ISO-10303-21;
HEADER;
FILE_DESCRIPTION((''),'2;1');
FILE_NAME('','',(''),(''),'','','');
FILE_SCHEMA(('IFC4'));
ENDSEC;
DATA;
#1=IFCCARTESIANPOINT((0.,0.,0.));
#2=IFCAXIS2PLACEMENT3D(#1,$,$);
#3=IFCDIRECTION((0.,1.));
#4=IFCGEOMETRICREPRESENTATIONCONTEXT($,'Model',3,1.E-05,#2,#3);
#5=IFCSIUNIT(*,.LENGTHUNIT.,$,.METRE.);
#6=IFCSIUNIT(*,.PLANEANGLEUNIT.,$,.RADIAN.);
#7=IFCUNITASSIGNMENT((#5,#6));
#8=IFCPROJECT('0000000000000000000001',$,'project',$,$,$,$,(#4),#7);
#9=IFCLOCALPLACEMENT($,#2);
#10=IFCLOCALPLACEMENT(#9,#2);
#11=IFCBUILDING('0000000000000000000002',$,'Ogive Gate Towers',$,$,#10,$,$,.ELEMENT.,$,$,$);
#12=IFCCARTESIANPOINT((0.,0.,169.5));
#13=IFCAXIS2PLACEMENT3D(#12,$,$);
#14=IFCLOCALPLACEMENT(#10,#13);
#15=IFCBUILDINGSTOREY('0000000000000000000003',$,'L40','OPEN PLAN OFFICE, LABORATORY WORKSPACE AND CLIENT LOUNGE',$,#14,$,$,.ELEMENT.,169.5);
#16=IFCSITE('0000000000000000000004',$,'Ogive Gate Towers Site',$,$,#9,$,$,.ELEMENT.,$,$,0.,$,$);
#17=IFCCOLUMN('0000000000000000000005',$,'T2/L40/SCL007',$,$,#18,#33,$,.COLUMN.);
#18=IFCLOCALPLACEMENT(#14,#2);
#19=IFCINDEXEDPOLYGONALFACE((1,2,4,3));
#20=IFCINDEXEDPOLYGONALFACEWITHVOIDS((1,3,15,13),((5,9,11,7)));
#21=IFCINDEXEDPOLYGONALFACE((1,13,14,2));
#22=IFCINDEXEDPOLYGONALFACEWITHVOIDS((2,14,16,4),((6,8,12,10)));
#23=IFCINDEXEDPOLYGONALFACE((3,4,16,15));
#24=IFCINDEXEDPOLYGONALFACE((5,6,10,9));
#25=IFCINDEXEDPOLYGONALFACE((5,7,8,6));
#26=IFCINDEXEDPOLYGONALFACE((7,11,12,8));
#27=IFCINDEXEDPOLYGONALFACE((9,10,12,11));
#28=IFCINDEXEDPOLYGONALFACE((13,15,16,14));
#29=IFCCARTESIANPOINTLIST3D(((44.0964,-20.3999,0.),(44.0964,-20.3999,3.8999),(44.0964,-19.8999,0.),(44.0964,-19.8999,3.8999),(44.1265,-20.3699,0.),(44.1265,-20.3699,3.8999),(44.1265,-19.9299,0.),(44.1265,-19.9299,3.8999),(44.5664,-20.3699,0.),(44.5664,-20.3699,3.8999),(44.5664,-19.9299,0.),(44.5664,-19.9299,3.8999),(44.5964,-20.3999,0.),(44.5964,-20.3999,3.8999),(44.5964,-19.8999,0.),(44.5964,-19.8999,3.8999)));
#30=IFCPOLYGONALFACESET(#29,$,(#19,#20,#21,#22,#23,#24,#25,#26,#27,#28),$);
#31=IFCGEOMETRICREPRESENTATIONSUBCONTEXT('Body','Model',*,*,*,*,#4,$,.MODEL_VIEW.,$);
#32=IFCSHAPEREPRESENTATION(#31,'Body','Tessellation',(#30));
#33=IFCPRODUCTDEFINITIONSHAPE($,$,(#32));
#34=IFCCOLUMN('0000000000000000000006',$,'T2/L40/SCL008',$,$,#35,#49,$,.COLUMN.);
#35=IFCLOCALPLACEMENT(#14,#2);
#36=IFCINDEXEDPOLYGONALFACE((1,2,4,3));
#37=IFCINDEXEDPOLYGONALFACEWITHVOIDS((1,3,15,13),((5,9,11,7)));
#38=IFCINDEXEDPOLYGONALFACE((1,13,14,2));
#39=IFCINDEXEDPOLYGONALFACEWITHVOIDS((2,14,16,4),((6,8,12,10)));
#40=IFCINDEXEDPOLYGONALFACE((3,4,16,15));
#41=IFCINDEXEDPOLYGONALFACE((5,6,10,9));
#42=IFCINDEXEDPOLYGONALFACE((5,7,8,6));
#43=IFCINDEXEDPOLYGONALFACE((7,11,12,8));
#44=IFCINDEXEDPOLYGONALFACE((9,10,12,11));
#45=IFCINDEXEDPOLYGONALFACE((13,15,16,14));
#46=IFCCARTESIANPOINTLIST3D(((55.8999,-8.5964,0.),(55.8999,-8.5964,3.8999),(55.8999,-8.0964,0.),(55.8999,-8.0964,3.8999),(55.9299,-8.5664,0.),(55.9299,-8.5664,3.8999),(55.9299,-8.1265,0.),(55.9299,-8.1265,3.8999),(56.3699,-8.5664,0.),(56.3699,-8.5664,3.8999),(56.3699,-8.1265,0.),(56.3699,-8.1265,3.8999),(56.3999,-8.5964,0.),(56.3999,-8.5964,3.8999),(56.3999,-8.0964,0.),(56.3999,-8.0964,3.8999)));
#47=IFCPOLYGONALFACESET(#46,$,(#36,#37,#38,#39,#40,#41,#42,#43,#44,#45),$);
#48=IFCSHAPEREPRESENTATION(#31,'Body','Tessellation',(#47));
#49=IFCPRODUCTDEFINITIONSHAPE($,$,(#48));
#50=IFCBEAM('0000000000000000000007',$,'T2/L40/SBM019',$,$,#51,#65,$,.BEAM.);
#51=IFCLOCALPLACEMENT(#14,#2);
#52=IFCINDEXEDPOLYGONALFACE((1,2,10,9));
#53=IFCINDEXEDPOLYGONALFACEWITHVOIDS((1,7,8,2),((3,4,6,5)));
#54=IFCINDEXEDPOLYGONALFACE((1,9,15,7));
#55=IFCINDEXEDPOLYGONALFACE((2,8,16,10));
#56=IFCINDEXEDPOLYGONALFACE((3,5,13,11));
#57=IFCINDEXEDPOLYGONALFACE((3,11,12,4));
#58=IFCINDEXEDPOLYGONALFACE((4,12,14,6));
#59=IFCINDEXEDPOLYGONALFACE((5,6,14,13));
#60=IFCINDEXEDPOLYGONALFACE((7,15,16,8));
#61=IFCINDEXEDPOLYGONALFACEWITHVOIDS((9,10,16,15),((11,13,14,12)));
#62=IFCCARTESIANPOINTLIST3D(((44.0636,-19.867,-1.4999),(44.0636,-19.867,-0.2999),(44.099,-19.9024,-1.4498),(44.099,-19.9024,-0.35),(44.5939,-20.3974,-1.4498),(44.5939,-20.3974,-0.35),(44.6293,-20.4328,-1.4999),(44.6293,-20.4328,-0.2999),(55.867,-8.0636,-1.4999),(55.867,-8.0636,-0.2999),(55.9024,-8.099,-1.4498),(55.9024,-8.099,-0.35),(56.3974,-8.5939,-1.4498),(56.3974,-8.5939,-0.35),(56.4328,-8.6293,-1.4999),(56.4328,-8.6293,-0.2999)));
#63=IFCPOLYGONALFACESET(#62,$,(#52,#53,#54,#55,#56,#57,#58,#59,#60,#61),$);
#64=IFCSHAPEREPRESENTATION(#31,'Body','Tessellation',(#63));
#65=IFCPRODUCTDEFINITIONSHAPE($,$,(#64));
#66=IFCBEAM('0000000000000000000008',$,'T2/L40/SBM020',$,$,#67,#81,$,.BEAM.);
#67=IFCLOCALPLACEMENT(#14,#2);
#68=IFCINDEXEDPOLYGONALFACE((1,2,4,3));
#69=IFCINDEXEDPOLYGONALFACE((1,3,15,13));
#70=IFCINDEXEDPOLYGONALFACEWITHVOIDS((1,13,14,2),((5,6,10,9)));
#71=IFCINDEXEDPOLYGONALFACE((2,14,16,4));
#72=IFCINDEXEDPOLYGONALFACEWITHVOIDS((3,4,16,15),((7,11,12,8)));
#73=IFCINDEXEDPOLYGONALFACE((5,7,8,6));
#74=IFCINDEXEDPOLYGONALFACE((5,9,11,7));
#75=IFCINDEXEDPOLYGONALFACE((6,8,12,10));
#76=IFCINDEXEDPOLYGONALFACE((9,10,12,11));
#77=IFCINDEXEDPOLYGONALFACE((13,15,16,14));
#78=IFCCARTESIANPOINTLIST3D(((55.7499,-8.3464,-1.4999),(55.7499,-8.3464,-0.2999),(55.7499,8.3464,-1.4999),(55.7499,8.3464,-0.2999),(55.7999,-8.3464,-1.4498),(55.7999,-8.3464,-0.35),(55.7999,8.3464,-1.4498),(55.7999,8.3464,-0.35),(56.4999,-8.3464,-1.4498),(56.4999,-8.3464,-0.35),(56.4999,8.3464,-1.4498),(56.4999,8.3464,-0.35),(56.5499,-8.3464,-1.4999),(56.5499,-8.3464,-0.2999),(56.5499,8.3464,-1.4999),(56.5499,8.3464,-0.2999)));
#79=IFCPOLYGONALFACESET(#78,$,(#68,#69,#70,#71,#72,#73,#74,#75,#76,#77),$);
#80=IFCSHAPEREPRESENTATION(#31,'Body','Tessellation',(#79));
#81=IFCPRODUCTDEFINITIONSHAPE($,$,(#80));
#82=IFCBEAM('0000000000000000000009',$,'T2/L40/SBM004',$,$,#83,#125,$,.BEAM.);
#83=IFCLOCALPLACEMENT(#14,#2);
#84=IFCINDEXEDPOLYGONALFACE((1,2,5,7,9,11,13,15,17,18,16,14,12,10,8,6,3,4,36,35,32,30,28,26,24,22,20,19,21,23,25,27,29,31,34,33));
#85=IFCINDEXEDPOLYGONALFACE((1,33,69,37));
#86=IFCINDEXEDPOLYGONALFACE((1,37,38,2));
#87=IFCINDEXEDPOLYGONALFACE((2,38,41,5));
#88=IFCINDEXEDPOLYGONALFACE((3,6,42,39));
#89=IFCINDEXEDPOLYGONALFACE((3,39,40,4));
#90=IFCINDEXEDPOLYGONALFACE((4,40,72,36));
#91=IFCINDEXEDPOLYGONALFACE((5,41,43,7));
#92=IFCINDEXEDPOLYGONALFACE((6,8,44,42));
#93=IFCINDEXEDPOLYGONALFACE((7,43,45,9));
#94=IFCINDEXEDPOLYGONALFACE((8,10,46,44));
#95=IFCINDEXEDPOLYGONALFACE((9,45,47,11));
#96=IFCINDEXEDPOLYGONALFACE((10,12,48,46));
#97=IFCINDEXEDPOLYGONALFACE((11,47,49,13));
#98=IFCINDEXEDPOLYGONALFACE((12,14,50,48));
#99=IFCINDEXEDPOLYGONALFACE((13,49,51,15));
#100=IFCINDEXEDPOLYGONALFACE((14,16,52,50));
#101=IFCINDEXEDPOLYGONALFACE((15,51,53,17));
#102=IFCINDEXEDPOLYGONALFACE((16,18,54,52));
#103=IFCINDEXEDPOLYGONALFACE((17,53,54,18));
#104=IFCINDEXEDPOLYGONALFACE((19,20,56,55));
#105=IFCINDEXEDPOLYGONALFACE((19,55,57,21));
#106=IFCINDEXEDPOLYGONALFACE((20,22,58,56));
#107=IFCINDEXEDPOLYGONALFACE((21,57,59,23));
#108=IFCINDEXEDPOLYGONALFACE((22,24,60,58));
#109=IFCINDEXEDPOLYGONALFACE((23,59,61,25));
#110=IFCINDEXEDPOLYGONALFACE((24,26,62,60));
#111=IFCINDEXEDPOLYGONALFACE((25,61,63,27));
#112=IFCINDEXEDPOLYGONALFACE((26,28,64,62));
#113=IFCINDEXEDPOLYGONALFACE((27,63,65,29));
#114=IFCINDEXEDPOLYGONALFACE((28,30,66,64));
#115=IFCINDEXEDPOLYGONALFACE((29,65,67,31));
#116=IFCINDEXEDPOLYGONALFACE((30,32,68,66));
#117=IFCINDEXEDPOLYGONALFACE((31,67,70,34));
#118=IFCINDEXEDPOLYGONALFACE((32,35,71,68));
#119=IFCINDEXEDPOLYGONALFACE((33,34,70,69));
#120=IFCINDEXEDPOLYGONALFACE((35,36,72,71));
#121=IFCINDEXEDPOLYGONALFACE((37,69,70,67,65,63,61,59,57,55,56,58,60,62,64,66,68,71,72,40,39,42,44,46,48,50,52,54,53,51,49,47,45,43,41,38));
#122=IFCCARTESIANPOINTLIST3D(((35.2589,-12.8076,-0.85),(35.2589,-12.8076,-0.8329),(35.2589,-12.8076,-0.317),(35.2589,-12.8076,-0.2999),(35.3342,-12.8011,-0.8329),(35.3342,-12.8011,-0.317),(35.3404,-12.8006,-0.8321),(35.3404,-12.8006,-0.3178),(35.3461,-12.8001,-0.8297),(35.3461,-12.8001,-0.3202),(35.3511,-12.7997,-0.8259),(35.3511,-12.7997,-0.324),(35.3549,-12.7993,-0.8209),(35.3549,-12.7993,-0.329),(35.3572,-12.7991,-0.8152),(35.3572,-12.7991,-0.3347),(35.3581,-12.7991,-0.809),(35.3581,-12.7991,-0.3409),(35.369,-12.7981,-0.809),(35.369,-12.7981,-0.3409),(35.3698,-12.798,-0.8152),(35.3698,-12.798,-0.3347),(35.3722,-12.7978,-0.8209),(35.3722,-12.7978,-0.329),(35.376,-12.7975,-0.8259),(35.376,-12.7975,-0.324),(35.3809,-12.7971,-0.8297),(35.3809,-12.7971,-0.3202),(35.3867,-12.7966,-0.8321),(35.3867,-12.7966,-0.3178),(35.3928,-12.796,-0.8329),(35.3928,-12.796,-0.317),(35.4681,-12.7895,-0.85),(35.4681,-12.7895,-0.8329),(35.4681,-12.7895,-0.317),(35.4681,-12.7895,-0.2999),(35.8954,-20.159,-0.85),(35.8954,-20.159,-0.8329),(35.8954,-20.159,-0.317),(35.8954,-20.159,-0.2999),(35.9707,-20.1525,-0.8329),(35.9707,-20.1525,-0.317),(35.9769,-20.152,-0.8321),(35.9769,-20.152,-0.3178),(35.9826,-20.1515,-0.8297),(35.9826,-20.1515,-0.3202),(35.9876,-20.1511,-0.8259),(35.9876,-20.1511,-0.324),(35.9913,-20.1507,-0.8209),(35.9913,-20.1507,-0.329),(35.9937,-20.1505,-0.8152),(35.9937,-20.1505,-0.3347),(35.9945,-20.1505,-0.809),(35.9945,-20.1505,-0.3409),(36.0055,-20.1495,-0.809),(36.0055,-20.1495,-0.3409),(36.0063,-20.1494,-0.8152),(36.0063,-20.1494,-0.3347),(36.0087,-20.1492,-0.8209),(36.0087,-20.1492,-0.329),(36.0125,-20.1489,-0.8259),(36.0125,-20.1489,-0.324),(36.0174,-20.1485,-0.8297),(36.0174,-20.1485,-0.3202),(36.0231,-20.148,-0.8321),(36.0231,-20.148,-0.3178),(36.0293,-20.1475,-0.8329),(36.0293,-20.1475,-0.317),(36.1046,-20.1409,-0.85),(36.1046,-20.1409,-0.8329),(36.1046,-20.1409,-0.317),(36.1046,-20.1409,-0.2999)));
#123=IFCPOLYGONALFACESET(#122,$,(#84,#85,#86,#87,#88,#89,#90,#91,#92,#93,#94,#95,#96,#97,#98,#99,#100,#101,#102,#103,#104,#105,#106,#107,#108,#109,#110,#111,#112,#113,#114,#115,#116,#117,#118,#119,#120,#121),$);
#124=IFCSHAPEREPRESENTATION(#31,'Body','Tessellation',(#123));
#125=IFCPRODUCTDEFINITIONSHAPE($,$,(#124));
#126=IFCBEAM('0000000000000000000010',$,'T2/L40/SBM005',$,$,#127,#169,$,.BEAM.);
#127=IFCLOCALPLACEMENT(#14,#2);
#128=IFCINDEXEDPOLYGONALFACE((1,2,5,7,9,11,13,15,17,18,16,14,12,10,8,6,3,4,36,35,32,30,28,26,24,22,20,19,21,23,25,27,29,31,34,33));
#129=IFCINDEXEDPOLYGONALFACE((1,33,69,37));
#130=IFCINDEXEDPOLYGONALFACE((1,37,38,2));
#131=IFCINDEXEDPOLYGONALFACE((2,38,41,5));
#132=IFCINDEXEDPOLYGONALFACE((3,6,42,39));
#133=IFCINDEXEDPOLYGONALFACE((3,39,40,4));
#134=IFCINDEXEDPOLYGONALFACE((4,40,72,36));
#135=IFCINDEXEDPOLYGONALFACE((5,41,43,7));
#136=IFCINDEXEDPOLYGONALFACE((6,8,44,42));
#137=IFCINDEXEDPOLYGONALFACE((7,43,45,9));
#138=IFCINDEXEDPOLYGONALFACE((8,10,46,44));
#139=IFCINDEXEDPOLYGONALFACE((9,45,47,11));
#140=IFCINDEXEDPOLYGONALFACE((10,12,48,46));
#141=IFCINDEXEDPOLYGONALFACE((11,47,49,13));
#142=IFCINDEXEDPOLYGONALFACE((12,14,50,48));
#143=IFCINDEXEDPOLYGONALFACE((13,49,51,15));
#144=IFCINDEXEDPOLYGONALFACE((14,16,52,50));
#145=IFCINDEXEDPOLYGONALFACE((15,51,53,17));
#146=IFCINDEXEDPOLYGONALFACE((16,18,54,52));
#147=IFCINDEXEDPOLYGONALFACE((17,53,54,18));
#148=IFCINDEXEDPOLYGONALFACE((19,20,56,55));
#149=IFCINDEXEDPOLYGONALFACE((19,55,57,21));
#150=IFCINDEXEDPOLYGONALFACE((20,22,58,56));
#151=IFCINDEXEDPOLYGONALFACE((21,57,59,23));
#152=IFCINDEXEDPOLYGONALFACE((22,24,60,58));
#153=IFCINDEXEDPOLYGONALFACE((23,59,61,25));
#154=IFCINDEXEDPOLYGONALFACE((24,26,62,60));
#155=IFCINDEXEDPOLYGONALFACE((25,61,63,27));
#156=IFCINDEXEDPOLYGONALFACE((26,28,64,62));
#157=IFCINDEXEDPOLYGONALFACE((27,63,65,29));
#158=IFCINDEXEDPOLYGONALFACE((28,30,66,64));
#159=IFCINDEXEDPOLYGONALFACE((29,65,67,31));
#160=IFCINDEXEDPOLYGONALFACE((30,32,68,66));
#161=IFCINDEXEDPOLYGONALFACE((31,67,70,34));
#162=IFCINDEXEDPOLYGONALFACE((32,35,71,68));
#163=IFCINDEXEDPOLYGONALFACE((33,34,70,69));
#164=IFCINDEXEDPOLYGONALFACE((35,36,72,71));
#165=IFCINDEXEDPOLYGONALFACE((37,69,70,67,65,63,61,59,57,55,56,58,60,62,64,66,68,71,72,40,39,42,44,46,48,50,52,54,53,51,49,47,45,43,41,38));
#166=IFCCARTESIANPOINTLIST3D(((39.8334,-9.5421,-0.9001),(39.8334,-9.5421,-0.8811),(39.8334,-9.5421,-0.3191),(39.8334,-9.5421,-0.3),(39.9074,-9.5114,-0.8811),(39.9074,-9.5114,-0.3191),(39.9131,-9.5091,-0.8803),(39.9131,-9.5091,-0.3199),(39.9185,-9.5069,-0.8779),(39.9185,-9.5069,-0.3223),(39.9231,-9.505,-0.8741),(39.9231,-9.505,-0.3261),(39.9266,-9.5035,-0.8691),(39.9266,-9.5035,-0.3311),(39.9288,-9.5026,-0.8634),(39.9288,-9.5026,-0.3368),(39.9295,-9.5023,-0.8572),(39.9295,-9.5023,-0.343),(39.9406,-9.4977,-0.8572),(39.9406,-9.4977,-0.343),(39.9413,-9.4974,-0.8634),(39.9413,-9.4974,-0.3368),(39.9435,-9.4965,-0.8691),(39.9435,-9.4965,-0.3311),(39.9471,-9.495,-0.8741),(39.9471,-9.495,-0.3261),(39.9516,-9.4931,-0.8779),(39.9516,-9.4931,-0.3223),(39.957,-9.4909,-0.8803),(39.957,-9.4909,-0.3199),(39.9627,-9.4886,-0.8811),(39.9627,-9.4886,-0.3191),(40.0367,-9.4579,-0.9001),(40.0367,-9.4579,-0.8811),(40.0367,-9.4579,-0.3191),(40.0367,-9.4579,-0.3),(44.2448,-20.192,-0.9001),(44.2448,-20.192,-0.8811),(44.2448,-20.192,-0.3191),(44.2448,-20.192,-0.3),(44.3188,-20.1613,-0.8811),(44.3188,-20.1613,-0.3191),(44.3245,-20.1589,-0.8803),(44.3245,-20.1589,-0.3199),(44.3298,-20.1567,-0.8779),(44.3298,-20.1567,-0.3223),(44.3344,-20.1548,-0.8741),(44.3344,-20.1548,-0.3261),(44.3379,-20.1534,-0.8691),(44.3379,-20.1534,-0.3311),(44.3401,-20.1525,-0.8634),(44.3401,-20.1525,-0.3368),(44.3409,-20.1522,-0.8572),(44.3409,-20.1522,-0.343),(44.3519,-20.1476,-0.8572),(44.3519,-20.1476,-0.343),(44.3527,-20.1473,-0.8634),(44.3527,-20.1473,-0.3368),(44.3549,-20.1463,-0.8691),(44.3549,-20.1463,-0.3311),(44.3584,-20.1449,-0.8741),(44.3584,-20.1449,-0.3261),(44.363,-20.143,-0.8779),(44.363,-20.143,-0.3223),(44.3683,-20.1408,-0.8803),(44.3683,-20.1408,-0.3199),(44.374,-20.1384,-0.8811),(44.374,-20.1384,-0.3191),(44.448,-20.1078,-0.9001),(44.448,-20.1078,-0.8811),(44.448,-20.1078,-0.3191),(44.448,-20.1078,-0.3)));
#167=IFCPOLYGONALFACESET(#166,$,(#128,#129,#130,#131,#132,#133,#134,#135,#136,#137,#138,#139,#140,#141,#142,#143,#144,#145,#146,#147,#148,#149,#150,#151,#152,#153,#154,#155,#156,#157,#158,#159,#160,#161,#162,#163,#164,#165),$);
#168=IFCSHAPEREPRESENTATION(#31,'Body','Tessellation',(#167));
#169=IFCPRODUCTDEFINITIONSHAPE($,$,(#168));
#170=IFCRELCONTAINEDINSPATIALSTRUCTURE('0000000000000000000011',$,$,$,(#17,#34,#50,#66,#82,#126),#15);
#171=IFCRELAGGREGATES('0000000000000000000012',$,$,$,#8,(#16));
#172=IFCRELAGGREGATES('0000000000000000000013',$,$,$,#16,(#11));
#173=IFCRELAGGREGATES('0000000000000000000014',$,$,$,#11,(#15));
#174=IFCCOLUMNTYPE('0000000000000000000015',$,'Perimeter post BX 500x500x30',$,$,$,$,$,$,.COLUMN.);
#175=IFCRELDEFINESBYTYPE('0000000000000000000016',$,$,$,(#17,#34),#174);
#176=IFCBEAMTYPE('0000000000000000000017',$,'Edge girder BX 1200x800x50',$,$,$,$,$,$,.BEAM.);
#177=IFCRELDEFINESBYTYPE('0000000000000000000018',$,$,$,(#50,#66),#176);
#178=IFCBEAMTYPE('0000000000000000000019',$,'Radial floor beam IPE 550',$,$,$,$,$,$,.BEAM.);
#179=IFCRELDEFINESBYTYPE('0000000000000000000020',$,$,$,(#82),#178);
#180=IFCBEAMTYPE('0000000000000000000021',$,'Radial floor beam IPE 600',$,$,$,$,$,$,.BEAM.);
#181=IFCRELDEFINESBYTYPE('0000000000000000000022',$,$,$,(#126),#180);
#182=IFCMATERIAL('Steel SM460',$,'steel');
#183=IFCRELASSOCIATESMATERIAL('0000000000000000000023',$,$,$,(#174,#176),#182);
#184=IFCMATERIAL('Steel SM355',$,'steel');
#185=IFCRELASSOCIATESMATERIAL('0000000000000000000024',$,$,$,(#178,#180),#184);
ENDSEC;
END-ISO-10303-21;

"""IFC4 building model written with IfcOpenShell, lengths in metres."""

from ifc_helpers import new_model, si_unit, direction, frame, origin, origin_2d, place, context, subcontext, project, spatial, hollow_rectangle, i_section, extrude, material, material_profile, profile_set, type_object, element, save


model = new_model("IFC4")

# Units and contexts
model_context = context("Model", 3, precision=1e-05, world=origin(), true_north=direction((0.0, 1.0)))
body_context = subcontext(model_context, "Body", "Model", "MODEL_VIEW")
ifc_project = project(units=[si_unit("LENGTHUNIT", "METRE"), si_unit("PLANEANGLEUNIT", "RADIAN")], contexts=[model_context])

# Site, building, storey
site_placement = place(None, origin())
site = spatial("IfcSite", under=ifc_project, at=site_placement, Name="Ogive Gate Towers Site", CompositionType="ELEMENT", RefElevation=0.0)
building_placement = place(site_placement, origin())
building = spatial("IfcBuilding", under=site, at=building_placement, Name="Ogive Gate Towers", CompositionType="ELEMENT")
storey_placement = place(building_placement, frame((0.0, 0.0, 169.5)))
storey = spatial("IfcBuildingStorey", under=building, at=storey_placement, Name="L40", Description="OPEN PLAN OFFICE, LABORATORY WORKSPACE AND CLIENT LOUNGE", CompositionType="ELEMENT", Elevation=169.5)

# Columns
ifc_material_1 = material(Name="Steel SM460", Category="steel")
ifc_material_profile_1 = material_profile(ifc_material_1, hollow_rectangle(XDim=0.5, YDim=0.5, WallThickness=0.03, at=origin_2d()), Name="BX 500x500x30")
ifc_profile_set_1 = profile_set([ifc_material_profile_1], Name="Steel SM460")
column_type = type_object("IfcColumnType", Name="Perimeter post BX 500x500x30", PredefinedType="COLUMN", material=ifc_profile_set_1)
for number, where, z_axis, x_axis, name in (
    (1, (44.3464, -20.1499, 0.0), (0.0, 0.0, 1.0), (1.0, 0.0, 0.0), "T2/L40/SCL007"),
    (2, (56.1499, -8.3464, 0.0), (0.0, 0.0, 1.0), (1.0, 0.0, 0.0), "T2/L40/SCL008"),
):
    element("IfcColumn", number, at=place(storey_placement, frame(where, z_axis=z_axis, x_axis=x_axis)), inside=storey, type_object=column_type, Name=name, PredefinedType="COLUMN", context=body_context, shape_type="SweptSolid", body=[
        extrude(hollow_rectangle(XDim=0.5, YDim=0.5, WallThickness=0.03, at=origin_2d()), origin(), (0.0, 0.0, 1.0), 3.8999),
    ])

# Beams
ifc_material_profile_2 = material_profile(ifc_material_1, hollow_rectangle(XDim=0.8, YDim=1.2, WallThickness=0.05, at=origin_2d()), Name="BX 1200x800x50")
ifc_profile_set_2 = profile_set([ifc_material_profile_2], Name="Steel SM460")
beam_type_1 = type_object("IfcBeamType", Name="Edge girder BX 1200x800x50", PredefinedType="BEAM", material=ifc_profile_set_2)
beam_1_placement = place(storey_placement, frame((44.3464, -20.1499, -0.8999), z_axis=(0.707107, 0.707107, 0.0), x_axis=(-0.707107, 0.707107, 0.0)))
element("IfcBeam", 3, at=beam_1_placement, inside=storey, type_object=beam_type_1, Name="T2/L40/SBM019", PredefinedType="BEAM", context=body_context, shape_type="SweptSolid", body=[
    extrude(hollow_rectangle(XDim=0.8, YDim=1.2, WallThickness=0.05, at=origin_2d()), origin(), (0.0, 0.0, 1.0), 16.6926),
])
beam_2_placement = place(storey_placement, frame((56.1499, -8.3464, -0.8999), z_axis=(0.0, 1.0, 0.0), x_axis=(-1.0, 0.0, 0.0)))
element("IfcBeam", 4, at=beam_2_placement, inside=storey, type_object=beam_type_1, Name="T2/L40/SBM020", PredefinedType="BEAM", context=body_context, shape_type="SweptSolid", body=[
    extrude(hollow_rectangle(XDim=0.8, YDim=1.2, WallThickness=0.05, at=origin_2d()), origin(), (0.0, 0.0, 1.0), 16.6929),
])
ifc_material_2 = material(Name="Steel SM355", Category="steel")
ifc_material_profile_3 = material_profile(ifc_material_2, i_section(OverallWidth=0.21, OverallDepth=0.55, WebThickness=0.011, FlangeThickness=0.0171, FilletRadius=0.0239, at=origin_2d()), Name="IPE 550")
ifc_profile_set_3 = profile_set([ifc_material_profile_3], Name="Steel SM355")
beam_type_2 = type_object("IfcBeamType", Name="Radial floor beam IPE 550", PredefinedType="BEAM", material=ifc_profile_set_3)
beam_3_placement = place(storey_placement, frame((35.3635, -12.7986, -0.575), z_axis=(0.086257, -0.996273, 0.0), x_axis=(0.996273, 0.086257, 0.0)))
element("IfcBeam", 5, at=beam_3_placement, inside=storey, type_object=beam_type_2, Name="T2/L40/SBM004", PredefinedType="BEAM", context=body_context, shape_type="SweptSolid", body=[
    extrude(i_section(OverallWidth=0.21, OverallDepth=0.55, WebThickness=0.011, FlangeThickness=0.0171, FilletRadius=0.0239, at=origin_2d()), origin(), (0.0, 0.0, 1.0), 7.3789),
])
ifc_material_profile_4 = material_profile(ifc_material_2, i_section(OverallWidth=0.22, OverallDepth=0.6001, WebThickness=0.012, FlangeThickness=0.019, FilletRadius=0.0239, at=origin_2d()), Name="IPE 600")
ifc_profile_set_4 = profile_set([ifc_material_profile_4], Name="Steel SM355")
beam_type_3 = type_object("IfcBeamType", Name="Radial floor beam IPE 600", PredefinedType="BEAM", material=ifc_profile_set_4)
beam_4_placement = place(storey_placement, frame((39.9351, -9.5, -0.6001), z_axis=(0.382687, -0.923878, 0.0), x_axis=(0.923878, 0.382687, 0.0)))
element("IfcBeam", 6, at=beam_4_placement, inside=storey, type_object=beam_type_3, Name="T2/L40/SBM005", PredefinedType="BEAM", context=body_context, shape_type="SweptSolid", body=[
    extrude(i_section(OverallWidth=0.22, OverallDepth=0.6001, WebThickness=0.012, FlangeThickness=0.019, FilletRadius=0.0239, at=origin_2d()), origin(), (0.0, 0.0, 1.0), 11.5273),
])

save(model, "model.ifc")
